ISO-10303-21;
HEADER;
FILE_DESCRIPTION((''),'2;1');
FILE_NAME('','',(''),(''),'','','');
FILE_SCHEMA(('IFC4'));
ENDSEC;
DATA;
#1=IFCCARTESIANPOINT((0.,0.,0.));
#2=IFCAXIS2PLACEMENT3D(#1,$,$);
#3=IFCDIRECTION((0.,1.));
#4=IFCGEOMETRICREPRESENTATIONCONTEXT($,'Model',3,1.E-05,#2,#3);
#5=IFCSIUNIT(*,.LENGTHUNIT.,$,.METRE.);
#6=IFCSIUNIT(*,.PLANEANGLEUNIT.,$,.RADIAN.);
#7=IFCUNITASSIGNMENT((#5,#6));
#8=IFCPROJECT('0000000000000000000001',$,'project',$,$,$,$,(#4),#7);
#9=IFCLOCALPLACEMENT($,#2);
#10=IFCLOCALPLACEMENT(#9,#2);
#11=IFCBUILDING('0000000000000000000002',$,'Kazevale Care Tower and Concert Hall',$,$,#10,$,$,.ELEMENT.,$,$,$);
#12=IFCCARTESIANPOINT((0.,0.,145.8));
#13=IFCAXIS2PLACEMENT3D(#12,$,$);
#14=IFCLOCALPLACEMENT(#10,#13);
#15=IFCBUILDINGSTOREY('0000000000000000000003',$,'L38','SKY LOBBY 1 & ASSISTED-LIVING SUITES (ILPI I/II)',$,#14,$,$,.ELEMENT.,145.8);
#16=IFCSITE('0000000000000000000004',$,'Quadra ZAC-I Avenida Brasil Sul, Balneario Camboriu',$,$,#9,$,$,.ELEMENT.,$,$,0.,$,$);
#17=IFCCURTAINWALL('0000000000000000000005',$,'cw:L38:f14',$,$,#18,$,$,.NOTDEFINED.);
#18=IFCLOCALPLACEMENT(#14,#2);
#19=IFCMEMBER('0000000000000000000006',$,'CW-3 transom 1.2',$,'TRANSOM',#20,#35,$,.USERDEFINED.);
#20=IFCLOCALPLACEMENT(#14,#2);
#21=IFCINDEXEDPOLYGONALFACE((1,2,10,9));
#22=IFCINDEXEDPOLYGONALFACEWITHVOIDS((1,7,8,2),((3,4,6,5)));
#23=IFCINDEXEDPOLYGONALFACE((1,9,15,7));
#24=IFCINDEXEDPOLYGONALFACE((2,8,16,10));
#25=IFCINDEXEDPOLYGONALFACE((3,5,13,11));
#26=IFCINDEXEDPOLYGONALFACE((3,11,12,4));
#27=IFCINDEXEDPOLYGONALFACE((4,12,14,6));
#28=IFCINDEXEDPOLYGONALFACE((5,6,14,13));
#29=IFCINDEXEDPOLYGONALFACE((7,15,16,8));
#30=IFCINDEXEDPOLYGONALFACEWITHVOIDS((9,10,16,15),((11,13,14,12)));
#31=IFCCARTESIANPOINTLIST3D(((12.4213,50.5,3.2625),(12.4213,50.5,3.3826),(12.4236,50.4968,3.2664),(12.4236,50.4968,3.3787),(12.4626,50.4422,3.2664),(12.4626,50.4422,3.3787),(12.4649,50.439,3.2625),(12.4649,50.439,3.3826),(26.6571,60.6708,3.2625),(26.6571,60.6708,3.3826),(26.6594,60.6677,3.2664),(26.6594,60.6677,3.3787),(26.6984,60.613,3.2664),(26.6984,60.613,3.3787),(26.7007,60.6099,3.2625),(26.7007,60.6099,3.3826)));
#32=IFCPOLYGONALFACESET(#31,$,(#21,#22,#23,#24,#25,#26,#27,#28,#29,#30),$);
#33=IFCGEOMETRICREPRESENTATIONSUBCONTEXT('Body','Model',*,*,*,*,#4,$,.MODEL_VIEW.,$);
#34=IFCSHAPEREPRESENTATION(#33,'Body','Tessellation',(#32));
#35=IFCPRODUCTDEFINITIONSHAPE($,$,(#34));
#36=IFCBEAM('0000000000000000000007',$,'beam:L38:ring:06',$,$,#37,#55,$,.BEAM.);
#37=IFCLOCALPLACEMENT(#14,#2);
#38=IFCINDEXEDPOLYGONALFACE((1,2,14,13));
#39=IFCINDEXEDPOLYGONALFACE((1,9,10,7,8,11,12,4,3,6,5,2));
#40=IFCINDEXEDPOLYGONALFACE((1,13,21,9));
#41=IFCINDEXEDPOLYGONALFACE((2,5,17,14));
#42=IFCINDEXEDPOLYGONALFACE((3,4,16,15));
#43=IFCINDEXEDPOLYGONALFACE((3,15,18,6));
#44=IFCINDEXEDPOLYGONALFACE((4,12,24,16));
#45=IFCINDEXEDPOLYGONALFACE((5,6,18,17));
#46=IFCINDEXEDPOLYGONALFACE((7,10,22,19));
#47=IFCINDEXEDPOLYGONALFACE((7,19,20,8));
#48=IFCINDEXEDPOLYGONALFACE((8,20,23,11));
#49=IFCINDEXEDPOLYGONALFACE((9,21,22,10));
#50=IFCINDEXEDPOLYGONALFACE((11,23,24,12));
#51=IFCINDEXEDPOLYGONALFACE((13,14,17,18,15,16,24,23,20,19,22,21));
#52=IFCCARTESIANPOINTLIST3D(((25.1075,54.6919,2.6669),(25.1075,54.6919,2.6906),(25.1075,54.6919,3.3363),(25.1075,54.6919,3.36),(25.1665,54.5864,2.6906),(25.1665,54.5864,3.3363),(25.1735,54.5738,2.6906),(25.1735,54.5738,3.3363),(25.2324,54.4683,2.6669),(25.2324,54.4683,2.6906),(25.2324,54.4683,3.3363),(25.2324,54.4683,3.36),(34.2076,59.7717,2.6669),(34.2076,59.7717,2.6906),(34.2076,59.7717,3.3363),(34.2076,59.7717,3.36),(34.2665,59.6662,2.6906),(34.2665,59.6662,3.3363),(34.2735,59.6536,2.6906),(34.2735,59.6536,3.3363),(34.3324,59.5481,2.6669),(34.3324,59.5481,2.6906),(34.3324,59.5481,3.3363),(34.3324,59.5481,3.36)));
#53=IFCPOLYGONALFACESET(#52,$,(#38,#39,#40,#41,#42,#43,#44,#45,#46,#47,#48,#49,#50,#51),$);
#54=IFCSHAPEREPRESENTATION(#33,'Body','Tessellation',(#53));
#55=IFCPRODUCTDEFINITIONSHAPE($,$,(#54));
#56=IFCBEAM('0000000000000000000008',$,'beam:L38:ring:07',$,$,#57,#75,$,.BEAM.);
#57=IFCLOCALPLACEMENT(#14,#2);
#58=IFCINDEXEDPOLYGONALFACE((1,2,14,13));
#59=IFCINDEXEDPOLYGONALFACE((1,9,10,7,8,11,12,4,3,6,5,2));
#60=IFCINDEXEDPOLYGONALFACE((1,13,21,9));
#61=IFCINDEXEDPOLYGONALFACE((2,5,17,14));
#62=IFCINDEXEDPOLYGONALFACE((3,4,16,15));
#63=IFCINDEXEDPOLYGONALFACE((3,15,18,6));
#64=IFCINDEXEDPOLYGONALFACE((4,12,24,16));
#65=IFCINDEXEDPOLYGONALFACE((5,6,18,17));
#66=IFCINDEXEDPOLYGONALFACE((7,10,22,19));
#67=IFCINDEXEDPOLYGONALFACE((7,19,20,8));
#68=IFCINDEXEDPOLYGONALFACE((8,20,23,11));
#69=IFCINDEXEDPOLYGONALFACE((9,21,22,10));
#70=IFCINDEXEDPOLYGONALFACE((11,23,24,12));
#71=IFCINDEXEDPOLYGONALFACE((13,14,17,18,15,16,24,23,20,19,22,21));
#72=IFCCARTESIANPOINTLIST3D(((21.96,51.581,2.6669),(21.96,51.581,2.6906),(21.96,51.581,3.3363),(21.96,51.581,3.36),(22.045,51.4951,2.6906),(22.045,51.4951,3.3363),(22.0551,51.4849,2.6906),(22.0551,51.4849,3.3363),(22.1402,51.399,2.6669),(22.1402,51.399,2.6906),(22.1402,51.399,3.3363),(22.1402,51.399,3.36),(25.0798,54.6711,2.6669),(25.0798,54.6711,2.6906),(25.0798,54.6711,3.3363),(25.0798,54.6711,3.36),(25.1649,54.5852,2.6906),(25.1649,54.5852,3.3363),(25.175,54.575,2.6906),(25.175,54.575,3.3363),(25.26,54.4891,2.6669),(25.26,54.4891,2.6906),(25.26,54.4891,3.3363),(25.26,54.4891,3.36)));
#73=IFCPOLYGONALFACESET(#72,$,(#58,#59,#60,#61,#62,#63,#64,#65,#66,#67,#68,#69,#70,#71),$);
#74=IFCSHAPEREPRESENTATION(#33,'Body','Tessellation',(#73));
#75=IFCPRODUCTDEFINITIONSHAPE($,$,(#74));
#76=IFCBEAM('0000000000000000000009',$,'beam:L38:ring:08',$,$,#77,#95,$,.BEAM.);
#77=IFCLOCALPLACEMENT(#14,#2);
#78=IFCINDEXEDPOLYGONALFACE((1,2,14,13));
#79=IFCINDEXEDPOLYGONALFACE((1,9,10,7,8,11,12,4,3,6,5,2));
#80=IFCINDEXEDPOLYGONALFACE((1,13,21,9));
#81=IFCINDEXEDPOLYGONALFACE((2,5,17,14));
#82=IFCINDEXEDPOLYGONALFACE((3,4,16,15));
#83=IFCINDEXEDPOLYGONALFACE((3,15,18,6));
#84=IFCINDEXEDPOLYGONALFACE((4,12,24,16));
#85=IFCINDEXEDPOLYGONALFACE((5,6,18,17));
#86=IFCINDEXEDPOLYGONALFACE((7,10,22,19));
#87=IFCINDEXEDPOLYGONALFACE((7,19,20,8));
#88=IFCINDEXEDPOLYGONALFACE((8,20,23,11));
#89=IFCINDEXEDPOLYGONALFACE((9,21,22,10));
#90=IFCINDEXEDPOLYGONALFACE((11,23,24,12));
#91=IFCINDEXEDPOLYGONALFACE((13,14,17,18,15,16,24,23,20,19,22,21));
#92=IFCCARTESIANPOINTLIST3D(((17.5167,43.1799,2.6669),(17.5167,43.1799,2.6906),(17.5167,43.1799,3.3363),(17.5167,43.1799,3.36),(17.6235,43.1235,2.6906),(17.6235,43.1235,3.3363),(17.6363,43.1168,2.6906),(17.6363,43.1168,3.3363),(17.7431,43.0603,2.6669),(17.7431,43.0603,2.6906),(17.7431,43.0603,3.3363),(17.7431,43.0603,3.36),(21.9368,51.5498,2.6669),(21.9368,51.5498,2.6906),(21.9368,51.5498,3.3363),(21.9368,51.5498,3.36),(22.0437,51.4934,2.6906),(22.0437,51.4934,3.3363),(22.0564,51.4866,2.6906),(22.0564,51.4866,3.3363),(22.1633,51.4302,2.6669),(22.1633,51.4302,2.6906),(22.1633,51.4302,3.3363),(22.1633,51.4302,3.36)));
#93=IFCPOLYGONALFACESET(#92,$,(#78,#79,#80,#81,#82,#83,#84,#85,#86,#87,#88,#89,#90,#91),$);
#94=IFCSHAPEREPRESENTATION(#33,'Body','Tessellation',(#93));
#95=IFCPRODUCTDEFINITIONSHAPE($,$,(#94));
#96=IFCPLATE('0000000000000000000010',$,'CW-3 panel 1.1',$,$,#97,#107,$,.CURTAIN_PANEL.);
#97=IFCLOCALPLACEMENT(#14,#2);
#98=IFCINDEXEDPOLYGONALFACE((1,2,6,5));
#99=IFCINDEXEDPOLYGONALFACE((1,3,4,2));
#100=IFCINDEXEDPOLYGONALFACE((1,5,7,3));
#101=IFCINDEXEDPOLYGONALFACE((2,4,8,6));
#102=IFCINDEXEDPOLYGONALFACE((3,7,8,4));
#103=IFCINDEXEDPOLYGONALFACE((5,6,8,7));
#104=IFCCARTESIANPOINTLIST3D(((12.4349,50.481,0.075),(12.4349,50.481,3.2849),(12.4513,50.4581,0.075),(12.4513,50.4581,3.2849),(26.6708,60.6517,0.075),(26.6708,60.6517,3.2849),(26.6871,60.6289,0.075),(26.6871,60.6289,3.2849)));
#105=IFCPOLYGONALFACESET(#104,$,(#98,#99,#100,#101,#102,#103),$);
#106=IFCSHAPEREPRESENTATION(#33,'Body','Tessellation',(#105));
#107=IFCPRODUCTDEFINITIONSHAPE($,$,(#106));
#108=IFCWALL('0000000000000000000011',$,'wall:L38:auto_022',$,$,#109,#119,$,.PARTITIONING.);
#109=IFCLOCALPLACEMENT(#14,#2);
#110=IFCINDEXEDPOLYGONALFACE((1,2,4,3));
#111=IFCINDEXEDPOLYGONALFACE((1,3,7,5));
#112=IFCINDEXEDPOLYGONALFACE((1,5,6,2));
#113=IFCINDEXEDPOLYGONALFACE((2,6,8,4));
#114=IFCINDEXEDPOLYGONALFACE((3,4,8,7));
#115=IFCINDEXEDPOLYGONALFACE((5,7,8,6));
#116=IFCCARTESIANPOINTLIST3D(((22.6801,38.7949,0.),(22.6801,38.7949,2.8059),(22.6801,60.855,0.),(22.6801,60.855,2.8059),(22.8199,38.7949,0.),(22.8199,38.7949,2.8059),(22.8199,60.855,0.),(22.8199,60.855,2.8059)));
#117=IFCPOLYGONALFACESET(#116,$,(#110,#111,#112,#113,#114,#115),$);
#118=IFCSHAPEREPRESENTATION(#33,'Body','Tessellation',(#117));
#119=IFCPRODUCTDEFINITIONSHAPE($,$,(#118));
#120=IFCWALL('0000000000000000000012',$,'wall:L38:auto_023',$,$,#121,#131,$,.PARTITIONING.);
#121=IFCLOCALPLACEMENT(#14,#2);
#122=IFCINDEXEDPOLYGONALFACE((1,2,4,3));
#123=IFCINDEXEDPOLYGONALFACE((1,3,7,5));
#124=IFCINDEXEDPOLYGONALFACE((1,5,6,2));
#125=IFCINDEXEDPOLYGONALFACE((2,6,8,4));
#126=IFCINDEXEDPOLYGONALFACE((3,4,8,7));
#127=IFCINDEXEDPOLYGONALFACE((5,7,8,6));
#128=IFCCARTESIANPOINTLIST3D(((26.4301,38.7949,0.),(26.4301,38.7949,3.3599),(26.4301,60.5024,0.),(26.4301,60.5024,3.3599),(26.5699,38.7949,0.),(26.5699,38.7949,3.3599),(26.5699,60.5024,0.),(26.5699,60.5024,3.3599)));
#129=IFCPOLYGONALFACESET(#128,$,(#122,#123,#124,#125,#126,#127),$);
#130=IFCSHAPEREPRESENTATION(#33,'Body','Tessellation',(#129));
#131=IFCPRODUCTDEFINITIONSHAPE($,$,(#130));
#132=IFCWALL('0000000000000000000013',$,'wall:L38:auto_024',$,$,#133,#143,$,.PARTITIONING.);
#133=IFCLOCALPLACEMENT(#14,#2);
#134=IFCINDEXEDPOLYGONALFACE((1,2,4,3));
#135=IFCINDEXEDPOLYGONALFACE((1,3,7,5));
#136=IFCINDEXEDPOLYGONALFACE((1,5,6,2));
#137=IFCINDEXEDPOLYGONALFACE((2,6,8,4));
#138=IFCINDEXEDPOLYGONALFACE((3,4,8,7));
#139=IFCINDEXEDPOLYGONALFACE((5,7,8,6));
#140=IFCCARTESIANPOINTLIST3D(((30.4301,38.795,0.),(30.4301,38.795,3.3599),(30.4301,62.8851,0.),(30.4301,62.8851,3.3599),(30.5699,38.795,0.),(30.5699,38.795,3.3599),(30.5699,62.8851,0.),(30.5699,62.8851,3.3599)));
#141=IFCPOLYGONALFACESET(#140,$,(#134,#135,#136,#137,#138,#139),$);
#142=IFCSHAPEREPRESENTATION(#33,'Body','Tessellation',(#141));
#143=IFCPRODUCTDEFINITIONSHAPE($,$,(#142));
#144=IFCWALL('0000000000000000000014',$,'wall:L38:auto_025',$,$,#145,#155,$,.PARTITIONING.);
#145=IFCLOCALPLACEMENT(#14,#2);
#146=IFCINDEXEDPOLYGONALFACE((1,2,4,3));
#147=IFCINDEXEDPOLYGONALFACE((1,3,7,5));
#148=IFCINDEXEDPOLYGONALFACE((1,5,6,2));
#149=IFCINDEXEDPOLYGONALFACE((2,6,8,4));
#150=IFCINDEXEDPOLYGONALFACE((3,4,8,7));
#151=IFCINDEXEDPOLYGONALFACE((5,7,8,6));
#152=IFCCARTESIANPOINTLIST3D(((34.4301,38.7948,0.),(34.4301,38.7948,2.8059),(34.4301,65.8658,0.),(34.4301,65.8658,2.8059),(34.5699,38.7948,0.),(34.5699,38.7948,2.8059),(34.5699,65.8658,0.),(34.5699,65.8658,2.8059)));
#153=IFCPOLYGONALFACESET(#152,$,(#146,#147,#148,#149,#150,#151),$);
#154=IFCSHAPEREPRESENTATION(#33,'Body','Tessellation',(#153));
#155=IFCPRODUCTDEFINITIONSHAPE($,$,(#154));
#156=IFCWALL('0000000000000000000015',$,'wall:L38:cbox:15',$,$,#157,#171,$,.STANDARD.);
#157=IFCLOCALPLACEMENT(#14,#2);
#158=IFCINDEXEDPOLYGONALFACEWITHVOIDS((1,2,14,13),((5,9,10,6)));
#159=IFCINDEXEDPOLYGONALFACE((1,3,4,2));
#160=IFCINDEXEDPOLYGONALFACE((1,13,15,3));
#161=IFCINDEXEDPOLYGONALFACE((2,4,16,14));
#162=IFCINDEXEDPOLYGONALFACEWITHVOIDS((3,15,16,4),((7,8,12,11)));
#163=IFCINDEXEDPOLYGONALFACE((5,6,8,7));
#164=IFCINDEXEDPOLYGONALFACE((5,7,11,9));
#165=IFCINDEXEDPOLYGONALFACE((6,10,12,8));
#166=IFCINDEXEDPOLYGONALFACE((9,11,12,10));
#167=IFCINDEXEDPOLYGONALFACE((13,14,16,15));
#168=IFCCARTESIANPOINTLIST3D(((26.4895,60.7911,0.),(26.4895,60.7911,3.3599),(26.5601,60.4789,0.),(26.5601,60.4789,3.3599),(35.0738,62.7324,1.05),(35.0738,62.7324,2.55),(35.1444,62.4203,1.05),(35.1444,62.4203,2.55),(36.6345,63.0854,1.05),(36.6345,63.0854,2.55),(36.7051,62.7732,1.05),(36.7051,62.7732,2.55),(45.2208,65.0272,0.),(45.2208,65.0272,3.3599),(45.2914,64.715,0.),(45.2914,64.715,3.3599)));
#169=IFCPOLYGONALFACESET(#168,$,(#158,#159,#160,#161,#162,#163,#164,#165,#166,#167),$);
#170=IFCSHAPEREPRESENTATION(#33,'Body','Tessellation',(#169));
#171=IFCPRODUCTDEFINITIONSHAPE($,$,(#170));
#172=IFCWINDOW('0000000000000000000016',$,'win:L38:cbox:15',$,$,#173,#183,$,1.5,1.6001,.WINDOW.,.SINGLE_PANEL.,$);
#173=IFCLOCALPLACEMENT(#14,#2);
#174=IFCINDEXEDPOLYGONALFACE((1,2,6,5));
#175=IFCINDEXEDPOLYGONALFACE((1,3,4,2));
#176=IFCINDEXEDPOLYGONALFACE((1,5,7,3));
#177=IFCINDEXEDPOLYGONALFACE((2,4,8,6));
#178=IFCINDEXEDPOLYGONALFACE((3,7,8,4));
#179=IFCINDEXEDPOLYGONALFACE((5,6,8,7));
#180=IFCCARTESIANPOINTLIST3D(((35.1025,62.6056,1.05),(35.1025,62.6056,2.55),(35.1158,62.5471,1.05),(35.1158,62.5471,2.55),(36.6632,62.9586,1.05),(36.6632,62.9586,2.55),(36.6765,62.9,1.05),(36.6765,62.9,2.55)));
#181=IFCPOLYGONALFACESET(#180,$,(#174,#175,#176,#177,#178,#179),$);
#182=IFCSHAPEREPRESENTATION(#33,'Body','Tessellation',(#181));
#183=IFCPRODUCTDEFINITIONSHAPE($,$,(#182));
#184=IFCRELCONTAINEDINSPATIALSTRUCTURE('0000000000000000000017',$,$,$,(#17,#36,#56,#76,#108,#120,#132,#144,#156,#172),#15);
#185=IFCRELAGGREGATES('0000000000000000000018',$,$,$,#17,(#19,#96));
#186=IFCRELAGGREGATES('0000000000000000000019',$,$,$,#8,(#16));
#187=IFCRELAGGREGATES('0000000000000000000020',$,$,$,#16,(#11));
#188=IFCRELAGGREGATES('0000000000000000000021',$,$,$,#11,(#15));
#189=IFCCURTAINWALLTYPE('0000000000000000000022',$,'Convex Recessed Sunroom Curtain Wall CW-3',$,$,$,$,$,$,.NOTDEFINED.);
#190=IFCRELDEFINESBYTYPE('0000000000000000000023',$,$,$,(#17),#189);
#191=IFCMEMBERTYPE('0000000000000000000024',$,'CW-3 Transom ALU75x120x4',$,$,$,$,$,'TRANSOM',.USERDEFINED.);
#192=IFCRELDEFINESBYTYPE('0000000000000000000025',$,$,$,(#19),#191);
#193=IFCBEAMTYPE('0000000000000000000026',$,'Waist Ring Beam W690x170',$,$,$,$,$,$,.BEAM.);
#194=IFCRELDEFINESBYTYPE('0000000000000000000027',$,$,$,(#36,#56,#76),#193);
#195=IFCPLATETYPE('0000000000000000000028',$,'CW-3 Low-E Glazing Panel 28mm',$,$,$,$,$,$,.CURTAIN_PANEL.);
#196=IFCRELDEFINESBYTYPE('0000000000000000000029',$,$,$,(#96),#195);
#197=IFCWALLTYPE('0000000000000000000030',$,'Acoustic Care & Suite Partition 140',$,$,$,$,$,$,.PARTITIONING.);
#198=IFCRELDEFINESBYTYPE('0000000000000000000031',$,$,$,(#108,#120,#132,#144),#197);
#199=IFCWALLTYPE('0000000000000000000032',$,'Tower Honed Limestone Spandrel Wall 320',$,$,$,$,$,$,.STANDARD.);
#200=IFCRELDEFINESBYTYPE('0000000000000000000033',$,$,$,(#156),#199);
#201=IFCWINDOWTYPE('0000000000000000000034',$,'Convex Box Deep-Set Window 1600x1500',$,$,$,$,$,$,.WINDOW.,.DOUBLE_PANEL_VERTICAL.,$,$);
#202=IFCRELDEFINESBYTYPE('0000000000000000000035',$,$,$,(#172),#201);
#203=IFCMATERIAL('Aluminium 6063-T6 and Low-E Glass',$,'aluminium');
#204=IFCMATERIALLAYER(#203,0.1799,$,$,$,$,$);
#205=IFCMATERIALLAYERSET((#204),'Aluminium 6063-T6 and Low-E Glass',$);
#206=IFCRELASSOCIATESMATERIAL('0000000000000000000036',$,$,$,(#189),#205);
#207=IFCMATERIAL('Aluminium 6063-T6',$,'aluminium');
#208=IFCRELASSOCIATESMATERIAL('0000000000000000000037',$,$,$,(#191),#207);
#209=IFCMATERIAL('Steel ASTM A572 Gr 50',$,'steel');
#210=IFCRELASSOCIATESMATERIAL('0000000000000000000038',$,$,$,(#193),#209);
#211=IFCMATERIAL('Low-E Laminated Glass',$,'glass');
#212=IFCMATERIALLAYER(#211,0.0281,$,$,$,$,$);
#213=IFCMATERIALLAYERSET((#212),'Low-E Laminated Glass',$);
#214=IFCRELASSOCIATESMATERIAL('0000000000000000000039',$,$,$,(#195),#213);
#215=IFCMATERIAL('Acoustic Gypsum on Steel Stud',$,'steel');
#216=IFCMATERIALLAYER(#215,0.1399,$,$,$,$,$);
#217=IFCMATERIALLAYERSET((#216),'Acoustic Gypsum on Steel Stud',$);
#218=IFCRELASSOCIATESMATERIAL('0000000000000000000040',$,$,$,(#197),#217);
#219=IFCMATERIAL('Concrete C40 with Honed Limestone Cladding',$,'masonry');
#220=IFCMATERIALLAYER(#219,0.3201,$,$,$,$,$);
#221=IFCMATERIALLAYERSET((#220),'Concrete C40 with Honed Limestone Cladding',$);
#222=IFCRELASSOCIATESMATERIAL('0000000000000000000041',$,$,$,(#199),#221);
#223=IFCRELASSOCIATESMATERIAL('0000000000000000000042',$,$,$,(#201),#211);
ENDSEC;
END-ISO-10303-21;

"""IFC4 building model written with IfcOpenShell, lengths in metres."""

from ifc_helpers import new_model, si_unit, direction, frame, frame_2d, origin, origin_2d, place, context, subcontext, project, spatial, rectangle, hollow_rectangle, i_section, extrude, material, layer, layer_set, material_profile, profile_set, type_object, element, fill, aggregate, save


model = new_model("IFC4")

# Units and contexts
model_context = context("Model", 3, precision=1e-05, world=origin(), true_north=direction((0.0, 1.0)))
body_context = subcontext(model_context, "Body", "Model", "MODEL_VIEW")
ifc_project = project(units=[si_unit("LENGTHUNIT", "METRE"), si_unit("PLANEANGLEUNIT", "RADIAN")], contexts=[model_context])

# Site, building, storey
site_placement = place(None, origin())
site = spatial("IfcSite", under=ifc_project, at=site_placement, Name="Quadra ZAC-I Avenida Brasil Sul, Balneario Camboriu", CompositionType="ELEMENT", RefElevation=0.0)
building_placement = place(site_placement, origin())
building = spatial("IfcBuilding", under=site, at=building_placement, Name="Kazevale Care Tower and Concert Hall", CompositionType="ELEMENT")
storey_placement = place(building_placement, frame((0.0, 0.0, 145.8)))
storey = spatial("IfcBuildingStorey", under=building, at=storey_placement, Name="L38", Description="SKY LOBBY 1 & ASSISTED-LIVING SUITES (ILPI I/II)", CompositionType="ELEMENT", Elevation=145.8)

# Curtain wall, member
ifc_material_1 = material(Name="Aluminium 6063-T6 and Low-E Glass", Category="aluminium")
ifc_layer_1 = layer(ifc_material_1, 0.1799)
ifc_layer_set_1 = layer_set([ifc_layer_1], Name="Aluminium 6063-T6 and Low-E Glass")
curtain_wall_type = type_object("IfcCurtainWallType", Name="Convex Recessed Sunroom Curtain Wall CW-3", PredefinedType="NOTDEFINED", material=ifc_layer_set_1)
curtain_wall_placement = place(storey_placement, origin())
curtain_wall = element("IfcCurtainWall", 1, at=curtain_wall_placement, inside=storey, type_object=curtain_wall_type, Name="cw:L38:f14", PredefinedType="NOTDEFINED")
ifc_material_2 = material(Name="Aluminium 6063-T6", Category="aluminium")
ifc_material_profile_1 = material_profile(ifc_material_2, hollow_rectangle(XDim=0.075, YDim=0.1201, WallThickness=0.0039, at=origin_2d()), Name="ALU75x120x4")
ifc_profile_set_1 = profile_set([ifc_material_profile_1], Name="Aluminium 6063-T6")
member_type_1 = type_object("IfcMemberType", Name="CW-3 Transom ALU75x120x4", ElementType="TRANSOM", PredefinedType="USERDEFINED", material=ifc_profile_set_1)
member_1_placement = place(storey_placement, frame((12.4431, 50.4695, 3.3225), z_axis=(0.813667, 0.581331, 0.0), x_axis=(-0.581331, 0.813667, 0.0)))
member_1 = element("IfcMember", 2, at=member_1_placement, type_object=member_type_1, Name="CW-3 transom 1.2", ObjectType="TRANSOM", PredefinedType="USERDEFINED", context=body_context, shape_type="SweptSolid", body=[
    extrude(hollow_rectangle(XDim=0.075, YDim=0.1201, WallThickness=0.0039, at=origin_2d()), origin(), (0.0, 0.0, 1.0), 17.4958),
])

# Beams
ifc_material_3 = material(Name="Steel ASTM A572 Gr 50", Category="steel")
ifc_material_profile_2 = material_profile(ifc_material_3, i_section(OverallWidth=0.2561, OverallDepth=0.6931, WebThickness=0.0144, FlangeThickness=0.0237, at=origin_2d()), Name="W690x170")
ifc_profile_set_2 = profile_set([ifc_material_profile_2], Name="Steel ASTM A572 Gr 50")
beam_type = type_object("IfcBeamType", Name="Waist Ring Beam W690x170", PredefinedType="BEAM", material=ifc_profile_set_2)
beam_1_placement = place(storey_placement, frame((34.27, 59.6599, 3.0134), z_axis=(-0.873169, -0.487418, 0.0), x_axis=(0.487418, -0.873169, 0.0)))
element("IfcBeam", 3, at=beam_1_placement, inside=storey, type_object=beam_type, Name="beam:L38:ring:06", PredefinedType="BEAM", context=body_context, shape_type="SweptSolid", body=[
    extrude(i_section(OverallWidth=0.2561, OverallDepth=0.6931, WebThickness=0.0144, FlangeThickness=0.0237, at=origin_2d()), origin(), (0.0, 0.0, 1.0), 10.4219),
])
beam_2_placement = place(storey_placement, frame((25.1699, 54.5801, 3.0134), z_axis=(-0.71049, -0.703707, 0.0), x_axis=(0.703707, -0.71049, 0.0)))
element("IfcBeam", 4, at=beam_2_placement, inside=storey, type_object=beam_type, Name="beam:L38:ring:07", PredefinedType="BEAM", context=body_context, shape_type="SweptSolid", body=[
    extrude(i_section(OverallWidth=0.2561, OverallDepth=0.6931, WebThickness=0.0144, FlangeThickness=0.0237, at=origin_2d()), origin(), (0.0, 0.0, 1.0), 4.3911),
])
beam_3_placement = place(storey_placement, frame((22.05, 51.49, 3.0134), z_axis=(-0.466984, -0.884266, 0.0), x_axis=(0.884266, -0.466984, 0.0)))
element("IfcBeam", 5, at=beam_3_placement, inside=storey, type_object=beam_type, Name="beam:L38:ring:08", PredefinedType="BEAM", context=body_context, shape_type="SweptSolid", body=[
    extrude(i_section(OverallWidth=0.2561, OverallDepth=0.6931, WebThickness=0.0144, FlangeThickness=0.0237, at=origin_2d()), origin(), (0.0, 0.0, 1.0), 9.4653),
])

# Plate
ifc_material_4 = material(Name="Low-E Laminated Glass", Category="glass")
ifc_layer_2 = layer(ifc_material_4, 0.0281)
ifc_layer_set_2 = layer_set([ifc_layer_2], Name="Low-E Laminated Glass")
plate_type = type_object("IfcPlateType", Name="CW-3 Low-E Glazing Panel 28mm", PredefinedType="CURTAIN_PANEL", material=ifc_layer_set_2)
plate_placement = place(storey_placement, frame((19.561, 55.5549, 0.075), z_axis=(0.0, 0.0, 1.0), x_axis=(0.813672, 0.581324, 0.0)))
plate = element("IfcPlate", 6, at=plate_placement, type_object=plate_type, Name="CW-3 panel 1.1", PredefinedType="CURTAIN_PANEL", context=body_context, shape_type="SweptSolid", body=[
    extrude(rectangle(XDim=17.4958, YDim=0.0281, at=origin_2d()), origin(), (0.0, 0.0, 1.0), 3.21),
])
aggregate(curtain_wall, [member_1, plate])

# Walls
ifc_material_5 = material(Name="Acoustic Gypsum on Steel Stud", Category="steel")
ifc_layer_3 = layer(ifc_material_5, 0.1399)
ifc_layer_set_3 = layer_set([ifc_layer_3], Name="Acoustic Gypsum on Steel Stud")
wall_type_1 = type_object("IfcWallType", Name="Acoustic Care & Suite Partition 140", PredefinedType="PARTITIONING", material=ifc_layer_set_3)
wall_1_placement = place(storey_placement, frame((22.75, 60.855, 0.0), z_axis=(0.0, 0.0, 1.0), x_axis=(0.0, -1.0, 0.0)))
element("IfcWall", 7, at=wall_1_placement, inside=storey, type_object=wall_type_1, Name="wall:L38:auto_022", PredefinedType="PARTITIONING", context=body_context, shape_type="SweptSolid", body=[
    extrude(rectangle(XDim=22.0601, YDim=0.1399, at=frame_2d((11.03, 0.0))), origin(), (0.0, 0.0, 1.0), 2.8059),
])
wall_2_placement = place(storey_placement, frame((26.5, 60.5024, 0.0), z_axis=(0.0, 0.0, 1.0), x_axis=(0.0, -1.0, 0.0)))
element("IfcWall", 8, at=wall_2_placement, inside=storey, type_object=wall_type_1, Name="wall:L38:auto_023", PredefinedType="PARTITIONING", context=body_context, shape_type="SweptSolid", body=[
    extrude(rectangle(XDim=21.7075, YDim=0.1399, at=frame_2d((10.8538, 0.0))), origin(), (0.0, 0.0, 1.0), 3.3599),
])
wall_3_placement = place(storey_placement, frame((30.5, 62.885, 0.0), z_axis=(0.0, 0.0, 1.0), x_axis=(0.0, -1.0, 0.0)))
element("IfcWall", 9, at=wall_3_placement, inside=storey, type_object=wall_type_1, Name="wall:L38:auto_024", PredefinedType="PARTITIONING", context=body_context, shape_type="SweptSolid", body=[
    extrude(rectangle(XDim=24.0901, YDim=0.1399, at=frame_2d((12.0449, 0.0))), origin(), (0.0, 0.0, 1.0), 3.3599),
])
wall_4_placement = place(storey_placement, frame((34.5, 65.866, 0.0), z_axis=(0.0, 0.0, 1.0), x_axis=(0.0, -1.0, 0.0)))
element("IfcWall", 10, at=wall_4_placement, inside=storey, type_object=wall_type_1, Name="wall:L38:auto_025", PredefinedType="PARTITIONING", context=body_context, shape_type="SweptSolid", body=[
    extrude(rectangle(XDim=27.071, YDim=0.1399, at=frame_2d((13.5356, 0.0))), origin(), (0.0, 0.0, 1.0), 2.8059),
])

# Wall, opening, window
ifc_material_6 = material(Name="Concrete C40 with Honed Limestone Cladding", Category="masonry")
ifc_layer_4 = layer(ifc_material_6, 0.3201)
ifc_layer_set_4 = layer_set([ifc_layer_4], Name="Concrete C40 with Honed Limestone Cladding")
wall_type_2 = type_object("IfcWallType", Name="Tower Honed Limestone Spandrel Wall 320", PredefinedType="STANDARD", material=ifc_layer_set_4)
wall_5_placement = place(storey_placement, frame((26.5249, 60.635, 0.0), z_axis=(0.0, 0.0, 1.0), x_axis=(0.975369, 0.220581, 0.0)))
wall_5 = element("IfcWall", 11, at=wall_5_placement, inside=storey, type_object=wall_type_2, Name="wall:L38:cbox:15", PredefinedType="STANDARD", context=body_context, shape_type="SweptSolid", body=[
    extrude(rectangle(XDim=19.2043, YDim=0.3201, at=frame_2d((9.6021, 0.0))), origin(), (0.0, 0.0, 1.0), 3.3599),
])
opening_placement = place(wall_5_placement, frame((8.801, 0.0, 1.05)))
opening = element("IfcOpeningElement", 12, at=opening_placement, cuts=wall_5, PredefinedType="OPENING", context=body_context, shape_type="SweptSolid", body=[
    extrude(rectangle(XDim=1.6001, YDim=1.5, at=frame_2d((0.8, 0.75))), frame((0.0, 0.1699, 0.0), z_axis=(0.0, -1.0, 0.0), x_axis=(1.0, 0.0, 0.0)), (0.0, 0.0, 1.0), 0.3401),
])
window_type = type_object("IfcWindowType", Name="Convex Box Deep-Set Window 1600x1500", PartitioningType="DOUBLE_PANEL_VERTICAL", PredefinedType="WINDOW", material=ifc_material_4)
window_placement = place(opening_placement, origin())
window = element("IfcWindow", 13, at=window_placement, inside=storey, type_object=window_type, Name="win:L38:cbox:15", OverallHeight=1.5, OverallWidth=1.6001, PartitioningType="SINGLE_PANEL", PredefinedType="WINDOW", context=body_context, shape_type="SweptSolid", body=[
    extrude(rectangle(XDim=1.6001, YDim=1.5, at=frame_2d((0.8, 0.75))), frame((0.0, 0.03, 0.0), z_axis=(0.0, -1.0, 0.0), x_axis=(1.0, 0.0, 0.0)), (0.0, 0.0, 1.0), 0.0601),
])
fill(opening, window)

save(model, "model.ifc")
